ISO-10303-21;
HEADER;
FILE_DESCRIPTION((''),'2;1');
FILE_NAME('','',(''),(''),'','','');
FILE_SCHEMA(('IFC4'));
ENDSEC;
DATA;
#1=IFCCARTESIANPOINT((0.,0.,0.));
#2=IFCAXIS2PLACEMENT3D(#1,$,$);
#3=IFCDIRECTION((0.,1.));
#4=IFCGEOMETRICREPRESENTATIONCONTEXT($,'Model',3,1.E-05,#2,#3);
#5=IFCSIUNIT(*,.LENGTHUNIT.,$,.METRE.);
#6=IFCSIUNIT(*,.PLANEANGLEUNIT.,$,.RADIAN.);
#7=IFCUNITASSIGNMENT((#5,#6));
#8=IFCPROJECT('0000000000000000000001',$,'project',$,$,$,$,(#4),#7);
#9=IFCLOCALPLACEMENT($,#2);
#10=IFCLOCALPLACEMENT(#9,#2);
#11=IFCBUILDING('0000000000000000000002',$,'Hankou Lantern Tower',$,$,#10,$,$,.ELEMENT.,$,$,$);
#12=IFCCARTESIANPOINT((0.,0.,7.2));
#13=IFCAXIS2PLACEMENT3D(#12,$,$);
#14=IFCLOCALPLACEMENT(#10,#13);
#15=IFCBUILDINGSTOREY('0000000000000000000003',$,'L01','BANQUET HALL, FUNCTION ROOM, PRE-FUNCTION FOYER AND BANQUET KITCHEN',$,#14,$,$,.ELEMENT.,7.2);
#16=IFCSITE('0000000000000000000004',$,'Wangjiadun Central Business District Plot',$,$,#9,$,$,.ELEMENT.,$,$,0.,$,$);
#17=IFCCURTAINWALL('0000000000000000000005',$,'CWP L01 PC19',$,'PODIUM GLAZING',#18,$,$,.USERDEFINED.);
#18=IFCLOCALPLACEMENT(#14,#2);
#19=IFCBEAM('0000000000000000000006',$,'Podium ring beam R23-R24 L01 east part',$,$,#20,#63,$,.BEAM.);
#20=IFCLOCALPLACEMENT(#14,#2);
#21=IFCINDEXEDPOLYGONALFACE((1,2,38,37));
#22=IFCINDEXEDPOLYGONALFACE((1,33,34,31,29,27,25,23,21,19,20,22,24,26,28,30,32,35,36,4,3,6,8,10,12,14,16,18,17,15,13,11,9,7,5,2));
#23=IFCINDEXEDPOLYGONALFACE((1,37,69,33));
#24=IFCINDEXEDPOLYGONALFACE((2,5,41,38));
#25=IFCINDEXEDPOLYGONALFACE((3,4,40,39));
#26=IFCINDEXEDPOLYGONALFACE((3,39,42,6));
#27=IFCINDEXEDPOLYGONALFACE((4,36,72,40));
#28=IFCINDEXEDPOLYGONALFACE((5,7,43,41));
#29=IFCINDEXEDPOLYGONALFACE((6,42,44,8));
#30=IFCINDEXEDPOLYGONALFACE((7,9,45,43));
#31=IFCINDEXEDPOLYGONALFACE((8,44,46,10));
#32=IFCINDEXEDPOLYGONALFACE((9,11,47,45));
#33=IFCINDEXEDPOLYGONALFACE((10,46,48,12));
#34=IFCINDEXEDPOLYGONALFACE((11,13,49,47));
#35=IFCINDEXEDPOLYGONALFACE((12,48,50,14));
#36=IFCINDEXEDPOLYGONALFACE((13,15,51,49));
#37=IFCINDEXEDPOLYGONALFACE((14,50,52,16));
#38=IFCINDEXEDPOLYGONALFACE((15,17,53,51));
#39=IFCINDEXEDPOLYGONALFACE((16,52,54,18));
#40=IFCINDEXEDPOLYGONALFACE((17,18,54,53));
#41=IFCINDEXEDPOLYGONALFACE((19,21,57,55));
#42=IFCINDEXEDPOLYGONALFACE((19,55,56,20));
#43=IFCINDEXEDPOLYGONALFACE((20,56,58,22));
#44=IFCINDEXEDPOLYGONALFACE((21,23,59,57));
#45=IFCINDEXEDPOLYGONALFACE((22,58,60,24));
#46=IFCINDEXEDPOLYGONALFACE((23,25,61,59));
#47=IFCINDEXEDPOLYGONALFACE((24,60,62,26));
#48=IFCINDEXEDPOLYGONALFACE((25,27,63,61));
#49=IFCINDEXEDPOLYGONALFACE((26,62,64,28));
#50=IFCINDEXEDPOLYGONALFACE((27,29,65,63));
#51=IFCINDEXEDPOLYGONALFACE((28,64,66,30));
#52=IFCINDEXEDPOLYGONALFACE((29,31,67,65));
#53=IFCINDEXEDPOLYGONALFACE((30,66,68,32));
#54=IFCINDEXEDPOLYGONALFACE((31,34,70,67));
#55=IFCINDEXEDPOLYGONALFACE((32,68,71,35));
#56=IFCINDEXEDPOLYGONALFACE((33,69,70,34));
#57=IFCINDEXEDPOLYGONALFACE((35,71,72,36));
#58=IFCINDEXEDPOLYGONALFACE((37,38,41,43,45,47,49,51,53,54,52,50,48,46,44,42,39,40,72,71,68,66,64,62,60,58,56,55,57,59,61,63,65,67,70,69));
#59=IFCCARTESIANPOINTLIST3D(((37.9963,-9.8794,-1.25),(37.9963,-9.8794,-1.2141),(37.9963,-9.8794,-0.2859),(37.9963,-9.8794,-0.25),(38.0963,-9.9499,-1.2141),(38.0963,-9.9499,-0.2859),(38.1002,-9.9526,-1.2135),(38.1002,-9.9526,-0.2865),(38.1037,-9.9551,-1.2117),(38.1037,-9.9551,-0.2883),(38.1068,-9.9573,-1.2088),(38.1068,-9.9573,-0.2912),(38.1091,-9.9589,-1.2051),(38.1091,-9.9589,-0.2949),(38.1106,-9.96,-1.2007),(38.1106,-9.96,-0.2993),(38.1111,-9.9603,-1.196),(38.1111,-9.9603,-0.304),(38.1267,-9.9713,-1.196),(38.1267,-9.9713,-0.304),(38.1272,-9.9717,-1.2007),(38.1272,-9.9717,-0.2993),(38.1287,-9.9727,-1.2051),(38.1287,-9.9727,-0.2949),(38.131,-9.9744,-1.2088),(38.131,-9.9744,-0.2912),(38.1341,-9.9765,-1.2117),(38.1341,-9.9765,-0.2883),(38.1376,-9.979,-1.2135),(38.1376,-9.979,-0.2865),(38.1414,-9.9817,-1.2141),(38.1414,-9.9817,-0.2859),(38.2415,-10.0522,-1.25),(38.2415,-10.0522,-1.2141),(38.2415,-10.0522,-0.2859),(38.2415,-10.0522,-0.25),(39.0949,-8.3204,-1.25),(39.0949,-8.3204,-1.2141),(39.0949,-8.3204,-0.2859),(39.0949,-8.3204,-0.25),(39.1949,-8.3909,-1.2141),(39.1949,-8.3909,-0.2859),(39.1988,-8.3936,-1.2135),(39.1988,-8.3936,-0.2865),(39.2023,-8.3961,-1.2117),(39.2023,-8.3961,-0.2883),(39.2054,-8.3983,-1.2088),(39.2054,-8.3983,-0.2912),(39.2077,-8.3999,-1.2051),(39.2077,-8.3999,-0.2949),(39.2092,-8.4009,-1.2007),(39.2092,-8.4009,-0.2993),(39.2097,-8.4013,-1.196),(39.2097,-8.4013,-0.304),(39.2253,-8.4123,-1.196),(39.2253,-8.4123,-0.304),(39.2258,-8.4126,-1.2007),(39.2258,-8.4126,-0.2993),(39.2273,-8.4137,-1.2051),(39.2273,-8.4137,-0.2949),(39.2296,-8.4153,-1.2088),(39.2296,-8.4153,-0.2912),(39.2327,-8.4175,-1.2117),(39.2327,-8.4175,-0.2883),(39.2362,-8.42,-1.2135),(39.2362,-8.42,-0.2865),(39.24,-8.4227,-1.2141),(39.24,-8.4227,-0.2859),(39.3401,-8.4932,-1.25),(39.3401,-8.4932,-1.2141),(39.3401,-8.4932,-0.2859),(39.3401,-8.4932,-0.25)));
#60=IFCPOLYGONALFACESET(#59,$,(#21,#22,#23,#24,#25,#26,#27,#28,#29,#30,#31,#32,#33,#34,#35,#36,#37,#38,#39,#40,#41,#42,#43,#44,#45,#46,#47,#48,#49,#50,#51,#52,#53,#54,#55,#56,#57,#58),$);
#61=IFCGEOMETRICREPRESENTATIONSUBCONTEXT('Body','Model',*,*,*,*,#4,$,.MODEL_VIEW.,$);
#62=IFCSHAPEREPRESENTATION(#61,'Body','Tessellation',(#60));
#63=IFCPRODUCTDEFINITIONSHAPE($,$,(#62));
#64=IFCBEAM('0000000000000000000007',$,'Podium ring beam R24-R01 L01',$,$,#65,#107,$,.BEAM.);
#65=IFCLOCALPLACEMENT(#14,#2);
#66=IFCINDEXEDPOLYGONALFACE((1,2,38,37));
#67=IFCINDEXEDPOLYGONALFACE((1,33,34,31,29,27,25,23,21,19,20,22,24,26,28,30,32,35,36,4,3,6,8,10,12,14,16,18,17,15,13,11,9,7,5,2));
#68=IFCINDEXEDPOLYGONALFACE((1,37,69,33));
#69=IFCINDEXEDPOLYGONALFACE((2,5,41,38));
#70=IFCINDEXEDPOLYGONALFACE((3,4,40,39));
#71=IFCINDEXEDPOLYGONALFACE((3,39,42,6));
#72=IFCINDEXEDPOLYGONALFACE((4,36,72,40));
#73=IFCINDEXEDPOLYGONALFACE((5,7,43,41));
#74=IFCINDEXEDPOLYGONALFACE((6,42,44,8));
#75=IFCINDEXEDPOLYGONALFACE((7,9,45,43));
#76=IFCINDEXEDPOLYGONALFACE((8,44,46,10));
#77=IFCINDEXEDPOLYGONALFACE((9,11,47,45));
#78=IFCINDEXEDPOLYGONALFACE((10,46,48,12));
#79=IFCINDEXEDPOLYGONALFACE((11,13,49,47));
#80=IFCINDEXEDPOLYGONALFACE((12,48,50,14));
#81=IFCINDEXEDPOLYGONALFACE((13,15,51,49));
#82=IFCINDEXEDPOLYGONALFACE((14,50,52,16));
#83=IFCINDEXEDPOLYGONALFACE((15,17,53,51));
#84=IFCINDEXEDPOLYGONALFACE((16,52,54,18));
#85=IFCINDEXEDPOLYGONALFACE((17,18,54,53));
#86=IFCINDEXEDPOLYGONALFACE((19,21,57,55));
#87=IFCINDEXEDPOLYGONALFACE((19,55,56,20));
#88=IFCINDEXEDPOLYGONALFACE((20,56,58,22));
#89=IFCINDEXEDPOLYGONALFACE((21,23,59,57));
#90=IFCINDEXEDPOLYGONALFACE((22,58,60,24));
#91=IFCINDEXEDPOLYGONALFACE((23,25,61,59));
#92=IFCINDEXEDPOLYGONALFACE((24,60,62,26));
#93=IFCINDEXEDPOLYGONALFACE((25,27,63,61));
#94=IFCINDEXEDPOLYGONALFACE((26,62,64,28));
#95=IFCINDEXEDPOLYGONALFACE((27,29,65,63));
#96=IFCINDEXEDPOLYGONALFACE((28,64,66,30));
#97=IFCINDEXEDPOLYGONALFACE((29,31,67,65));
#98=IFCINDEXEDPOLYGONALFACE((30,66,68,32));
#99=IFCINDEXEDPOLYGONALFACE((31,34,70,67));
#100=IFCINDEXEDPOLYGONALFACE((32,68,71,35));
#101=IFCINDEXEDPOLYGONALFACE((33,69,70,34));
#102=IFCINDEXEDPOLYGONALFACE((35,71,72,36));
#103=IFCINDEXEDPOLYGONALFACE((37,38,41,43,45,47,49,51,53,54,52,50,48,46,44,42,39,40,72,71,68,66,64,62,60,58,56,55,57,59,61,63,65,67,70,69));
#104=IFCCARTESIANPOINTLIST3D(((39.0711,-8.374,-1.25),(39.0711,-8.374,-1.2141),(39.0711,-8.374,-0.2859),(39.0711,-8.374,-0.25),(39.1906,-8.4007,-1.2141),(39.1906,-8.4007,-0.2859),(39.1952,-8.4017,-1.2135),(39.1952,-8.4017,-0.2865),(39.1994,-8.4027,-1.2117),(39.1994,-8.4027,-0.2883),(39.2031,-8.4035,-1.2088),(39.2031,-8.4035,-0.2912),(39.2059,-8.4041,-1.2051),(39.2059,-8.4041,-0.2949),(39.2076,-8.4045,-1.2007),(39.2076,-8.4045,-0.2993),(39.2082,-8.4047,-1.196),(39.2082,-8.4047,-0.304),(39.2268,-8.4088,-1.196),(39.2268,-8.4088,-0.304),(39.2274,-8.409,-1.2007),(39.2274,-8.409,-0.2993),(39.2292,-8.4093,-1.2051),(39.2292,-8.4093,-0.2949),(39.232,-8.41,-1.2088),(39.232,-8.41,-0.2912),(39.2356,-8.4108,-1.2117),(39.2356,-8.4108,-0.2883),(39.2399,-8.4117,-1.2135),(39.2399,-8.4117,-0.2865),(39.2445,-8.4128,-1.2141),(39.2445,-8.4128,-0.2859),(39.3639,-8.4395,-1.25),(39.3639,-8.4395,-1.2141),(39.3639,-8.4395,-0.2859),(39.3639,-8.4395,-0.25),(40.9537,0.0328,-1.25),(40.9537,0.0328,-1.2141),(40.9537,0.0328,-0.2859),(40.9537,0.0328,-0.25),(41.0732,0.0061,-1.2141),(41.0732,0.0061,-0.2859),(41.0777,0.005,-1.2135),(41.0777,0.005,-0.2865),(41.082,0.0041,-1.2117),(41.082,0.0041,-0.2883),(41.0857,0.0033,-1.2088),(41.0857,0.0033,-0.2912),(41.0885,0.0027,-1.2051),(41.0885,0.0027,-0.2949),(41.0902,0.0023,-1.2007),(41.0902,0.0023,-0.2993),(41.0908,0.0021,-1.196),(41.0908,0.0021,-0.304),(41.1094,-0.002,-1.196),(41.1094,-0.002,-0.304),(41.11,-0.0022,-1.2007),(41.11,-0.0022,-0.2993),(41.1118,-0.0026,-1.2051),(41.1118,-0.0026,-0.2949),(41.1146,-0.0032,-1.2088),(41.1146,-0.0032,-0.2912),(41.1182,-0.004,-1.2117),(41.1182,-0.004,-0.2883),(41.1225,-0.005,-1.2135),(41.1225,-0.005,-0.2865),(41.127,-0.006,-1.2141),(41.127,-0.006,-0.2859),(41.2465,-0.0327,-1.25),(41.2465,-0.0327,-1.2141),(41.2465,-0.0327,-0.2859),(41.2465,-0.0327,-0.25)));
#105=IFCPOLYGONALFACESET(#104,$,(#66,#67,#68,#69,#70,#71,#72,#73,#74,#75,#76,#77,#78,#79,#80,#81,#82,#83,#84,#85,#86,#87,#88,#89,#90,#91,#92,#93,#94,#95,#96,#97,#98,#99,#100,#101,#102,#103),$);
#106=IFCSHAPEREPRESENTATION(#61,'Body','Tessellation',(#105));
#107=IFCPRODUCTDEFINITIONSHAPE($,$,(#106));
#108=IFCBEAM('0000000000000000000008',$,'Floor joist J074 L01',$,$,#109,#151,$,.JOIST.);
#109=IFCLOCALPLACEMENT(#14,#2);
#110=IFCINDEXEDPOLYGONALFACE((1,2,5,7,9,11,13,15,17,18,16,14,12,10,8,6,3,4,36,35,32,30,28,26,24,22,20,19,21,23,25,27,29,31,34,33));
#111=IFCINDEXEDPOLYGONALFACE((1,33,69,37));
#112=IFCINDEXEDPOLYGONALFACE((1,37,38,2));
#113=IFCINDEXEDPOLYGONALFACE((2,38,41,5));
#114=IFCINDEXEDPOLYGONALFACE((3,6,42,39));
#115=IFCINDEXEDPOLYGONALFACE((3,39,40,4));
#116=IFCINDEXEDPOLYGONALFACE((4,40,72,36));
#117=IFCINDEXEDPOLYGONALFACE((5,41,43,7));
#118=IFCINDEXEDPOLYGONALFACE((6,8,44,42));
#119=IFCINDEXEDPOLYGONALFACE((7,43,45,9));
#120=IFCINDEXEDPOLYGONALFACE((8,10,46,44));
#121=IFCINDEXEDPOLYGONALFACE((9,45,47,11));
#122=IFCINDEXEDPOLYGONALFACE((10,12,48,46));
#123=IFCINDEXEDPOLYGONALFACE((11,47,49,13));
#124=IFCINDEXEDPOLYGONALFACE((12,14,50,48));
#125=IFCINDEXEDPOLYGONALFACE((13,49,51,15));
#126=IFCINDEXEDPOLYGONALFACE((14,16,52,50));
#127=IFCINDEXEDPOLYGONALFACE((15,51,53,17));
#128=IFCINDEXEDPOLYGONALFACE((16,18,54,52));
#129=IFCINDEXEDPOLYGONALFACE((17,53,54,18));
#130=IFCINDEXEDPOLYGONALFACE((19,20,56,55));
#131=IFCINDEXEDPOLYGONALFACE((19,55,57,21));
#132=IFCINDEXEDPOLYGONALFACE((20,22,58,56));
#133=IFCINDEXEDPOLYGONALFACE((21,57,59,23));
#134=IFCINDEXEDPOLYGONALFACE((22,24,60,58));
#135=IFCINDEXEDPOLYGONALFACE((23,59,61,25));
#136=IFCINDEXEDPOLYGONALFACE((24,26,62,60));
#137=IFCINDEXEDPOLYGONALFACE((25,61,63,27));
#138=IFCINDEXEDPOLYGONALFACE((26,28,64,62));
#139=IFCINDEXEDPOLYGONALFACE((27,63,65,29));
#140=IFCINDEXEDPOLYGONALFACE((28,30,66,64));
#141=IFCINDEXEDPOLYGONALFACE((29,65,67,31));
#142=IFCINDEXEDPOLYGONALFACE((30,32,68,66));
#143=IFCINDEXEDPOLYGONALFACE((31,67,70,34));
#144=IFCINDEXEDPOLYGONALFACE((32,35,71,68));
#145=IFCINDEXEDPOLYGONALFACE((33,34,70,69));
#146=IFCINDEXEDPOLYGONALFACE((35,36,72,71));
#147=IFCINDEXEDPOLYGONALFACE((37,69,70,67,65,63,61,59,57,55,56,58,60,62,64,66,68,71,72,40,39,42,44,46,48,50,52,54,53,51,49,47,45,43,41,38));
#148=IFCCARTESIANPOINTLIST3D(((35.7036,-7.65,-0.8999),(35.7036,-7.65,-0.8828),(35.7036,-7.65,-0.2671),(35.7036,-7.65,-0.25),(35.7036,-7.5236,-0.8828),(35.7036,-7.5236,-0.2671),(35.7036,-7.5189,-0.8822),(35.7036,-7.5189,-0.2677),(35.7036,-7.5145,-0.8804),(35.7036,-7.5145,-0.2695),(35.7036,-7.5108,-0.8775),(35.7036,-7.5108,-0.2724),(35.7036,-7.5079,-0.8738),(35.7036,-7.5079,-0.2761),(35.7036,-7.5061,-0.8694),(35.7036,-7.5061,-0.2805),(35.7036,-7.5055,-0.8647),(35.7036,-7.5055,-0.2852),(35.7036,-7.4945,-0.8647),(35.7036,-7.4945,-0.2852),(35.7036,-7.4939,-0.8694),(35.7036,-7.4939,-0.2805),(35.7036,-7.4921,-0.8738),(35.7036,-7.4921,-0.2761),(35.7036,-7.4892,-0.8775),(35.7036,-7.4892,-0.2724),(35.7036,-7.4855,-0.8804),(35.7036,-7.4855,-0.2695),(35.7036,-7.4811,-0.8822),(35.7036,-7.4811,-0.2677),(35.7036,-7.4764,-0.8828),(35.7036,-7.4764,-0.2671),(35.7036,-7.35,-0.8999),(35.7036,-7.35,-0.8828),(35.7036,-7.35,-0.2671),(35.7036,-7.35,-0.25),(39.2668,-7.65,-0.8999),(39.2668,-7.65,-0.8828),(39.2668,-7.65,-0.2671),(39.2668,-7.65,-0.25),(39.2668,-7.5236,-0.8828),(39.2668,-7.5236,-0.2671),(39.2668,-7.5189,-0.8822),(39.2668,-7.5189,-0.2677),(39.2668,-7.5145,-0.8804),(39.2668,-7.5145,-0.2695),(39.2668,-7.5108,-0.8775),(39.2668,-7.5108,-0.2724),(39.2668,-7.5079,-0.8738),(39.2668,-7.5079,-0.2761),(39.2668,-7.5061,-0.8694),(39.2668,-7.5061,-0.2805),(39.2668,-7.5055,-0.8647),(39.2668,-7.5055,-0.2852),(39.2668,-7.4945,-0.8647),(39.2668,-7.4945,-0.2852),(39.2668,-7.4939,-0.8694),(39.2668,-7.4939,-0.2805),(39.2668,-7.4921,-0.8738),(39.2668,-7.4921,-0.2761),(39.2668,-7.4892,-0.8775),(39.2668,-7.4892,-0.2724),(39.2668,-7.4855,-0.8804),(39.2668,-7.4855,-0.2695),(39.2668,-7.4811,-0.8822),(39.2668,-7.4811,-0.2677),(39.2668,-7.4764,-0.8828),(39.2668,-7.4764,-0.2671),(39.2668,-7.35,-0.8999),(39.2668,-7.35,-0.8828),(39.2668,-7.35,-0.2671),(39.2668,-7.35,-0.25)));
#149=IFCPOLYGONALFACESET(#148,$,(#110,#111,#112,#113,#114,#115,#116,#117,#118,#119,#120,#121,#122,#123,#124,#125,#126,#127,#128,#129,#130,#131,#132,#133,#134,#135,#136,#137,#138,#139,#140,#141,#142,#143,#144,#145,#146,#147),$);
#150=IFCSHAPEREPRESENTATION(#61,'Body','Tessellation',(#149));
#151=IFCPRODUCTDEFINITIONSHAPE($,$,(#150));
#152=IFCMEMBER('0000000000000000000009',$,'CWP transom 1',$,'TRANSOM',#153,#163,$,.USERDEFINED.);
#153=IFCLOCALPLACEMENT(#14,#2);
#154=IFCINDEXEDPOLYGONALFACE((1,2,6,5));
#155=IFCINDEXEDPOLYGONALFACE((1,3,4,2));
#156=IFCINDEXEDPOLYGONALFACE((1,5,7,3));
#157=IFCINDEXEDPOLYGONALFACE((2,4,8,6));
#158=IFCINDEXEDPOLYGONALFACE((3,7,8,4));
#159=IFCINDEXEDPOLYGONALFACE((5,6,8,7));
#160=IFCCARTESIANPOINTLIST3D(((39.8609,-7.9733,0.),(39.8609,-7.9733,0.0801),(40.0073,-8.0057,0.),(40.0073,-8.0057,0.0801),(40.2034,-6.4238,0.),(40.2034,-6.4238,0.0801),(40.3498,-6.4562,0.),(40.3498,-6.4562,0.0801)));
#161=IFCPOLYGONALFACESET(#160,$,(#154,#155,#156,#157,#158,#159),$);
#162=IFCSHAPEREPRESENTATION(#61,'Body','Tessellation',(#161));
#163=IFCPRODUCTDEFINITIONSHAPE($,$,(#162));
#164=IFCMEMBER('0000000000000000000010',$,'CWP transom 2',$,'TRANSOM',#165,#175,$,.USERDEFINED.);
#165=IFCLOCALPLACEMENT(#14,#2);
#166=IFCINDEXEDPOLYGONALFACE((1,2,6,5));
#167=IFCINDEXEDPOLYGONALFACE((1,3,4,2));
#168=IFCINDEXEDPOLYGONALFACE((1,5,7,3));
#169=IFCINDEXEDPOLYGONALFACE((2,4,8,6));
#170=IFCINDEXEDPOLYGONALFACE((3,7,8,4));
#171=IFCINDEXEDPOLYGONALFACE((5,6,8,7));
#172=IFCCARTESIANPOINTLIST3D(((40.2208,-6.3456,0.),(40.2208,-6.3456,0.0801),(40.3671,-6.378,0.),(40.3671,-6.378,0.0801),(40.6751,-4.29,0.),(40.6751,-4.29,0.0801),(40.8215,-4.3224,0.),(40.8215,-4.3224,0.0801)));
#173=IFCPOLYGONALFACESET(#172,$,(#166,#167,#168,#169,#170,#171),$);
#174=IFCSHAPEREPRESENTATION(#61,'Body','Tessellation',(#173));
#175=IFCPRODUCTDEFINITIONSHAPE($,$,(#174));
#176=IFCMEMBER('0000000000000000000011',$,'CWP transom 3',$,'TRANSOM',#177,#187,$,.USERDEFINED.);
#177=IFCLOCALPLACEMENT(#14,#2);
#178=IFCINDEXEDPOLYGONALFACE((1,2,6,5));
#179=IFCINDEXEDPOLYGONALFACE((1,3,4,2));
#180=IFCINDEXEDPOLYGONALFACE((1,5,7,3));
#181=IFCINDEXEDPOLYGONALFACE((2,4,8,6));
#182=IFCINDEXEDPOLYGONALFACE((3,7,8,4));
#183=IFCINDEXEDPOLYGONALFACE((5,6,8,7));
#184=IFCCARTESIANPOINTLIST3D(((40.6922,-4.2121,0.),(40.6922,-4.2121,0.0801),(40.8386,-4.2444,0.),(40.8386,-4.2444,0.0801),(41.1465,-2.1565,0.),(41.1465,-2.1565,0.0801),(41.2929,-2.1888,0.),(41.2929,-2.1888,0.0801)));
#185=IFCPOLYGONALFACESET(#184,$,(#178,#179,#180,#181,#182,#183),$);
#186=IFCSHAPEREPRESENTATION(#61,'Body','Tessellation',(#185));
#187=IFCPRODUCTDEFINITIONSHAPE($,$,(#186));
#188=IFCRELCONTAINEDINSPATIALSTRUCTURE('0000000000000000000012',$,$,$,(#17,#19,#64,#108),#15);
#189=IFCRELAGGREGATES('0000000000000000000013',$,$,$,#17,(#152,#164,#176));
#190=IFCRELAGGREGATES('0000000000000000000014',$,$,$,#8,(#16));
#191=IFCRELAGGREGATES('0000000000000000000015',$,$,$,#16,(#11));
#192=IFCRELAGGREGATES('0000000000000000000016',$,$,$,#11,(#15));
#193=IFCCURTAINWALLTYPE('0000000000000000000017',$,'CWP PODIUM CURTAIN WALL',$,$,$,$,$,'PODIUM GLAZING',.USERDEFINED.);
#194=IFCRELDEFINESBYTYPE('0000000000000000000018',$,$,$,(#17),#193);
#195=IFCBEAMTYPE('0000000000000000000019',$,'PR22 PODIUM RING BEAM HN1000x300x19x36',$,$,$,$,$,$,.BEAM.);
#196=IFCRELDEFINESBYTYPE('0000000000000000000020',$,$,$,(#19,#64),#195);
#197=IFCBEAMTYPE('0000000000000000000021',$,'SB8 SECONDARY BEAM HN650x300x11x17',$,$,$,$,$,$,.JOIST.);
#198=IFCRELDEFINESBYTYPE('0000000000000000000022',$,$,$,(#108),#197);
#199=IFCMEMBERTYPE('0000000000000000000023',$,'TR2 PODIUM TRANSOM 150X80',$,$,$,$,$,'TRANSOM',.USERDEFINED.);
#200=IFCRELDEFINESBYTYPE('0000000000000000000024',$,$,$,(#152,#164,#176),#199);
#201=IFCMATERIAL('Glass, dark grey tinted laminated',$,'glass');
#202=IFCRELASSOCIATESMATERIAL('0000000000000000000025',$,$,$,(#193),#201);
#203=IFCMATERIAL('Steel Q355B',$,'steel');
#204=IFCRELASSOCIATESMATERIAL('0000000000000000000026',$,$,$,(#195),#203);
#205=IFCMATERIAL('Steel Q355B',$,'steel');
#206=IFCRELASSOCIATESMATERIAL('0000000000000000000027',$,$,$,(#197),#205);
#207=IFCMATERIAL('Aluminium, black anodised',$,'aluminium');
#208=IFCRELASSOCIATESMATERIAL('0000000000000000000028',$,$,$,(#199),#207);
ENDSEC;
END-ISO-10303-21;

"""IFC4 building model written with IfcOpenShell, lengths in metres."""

from ifc_helpers import new_model, si_unit, direction, frame, origin, origin_2d, place, context, subcontext, project, spatial, rectangle, i_section, extrude, material, material_profile, profile_set, type_object, element, aggregate, save


model = new_model("IFC4")

# Units and contexts
model_context = context("Model", 3, precision=1e-05, world=origin(), true_north=direction((0.0, 1.0)))
body_context = subcontext(model_context, "Body", "Model", "MODEL_VIEW")
ifc_project = project(units=[si_unit("LENGTHUNIT", "METRE"), si_unit("PLANEANGLEUNIT", "RADIAN")], contexts=[model_context])

# Site, building, storey
site_placement = place(None, origin())
site = spatial("IfcSite", under=ifc_project, at=site_placement, Name="Wangjiadun Central Business District Plot", CompositionType="ELEMENT", RefElevation=0.0)
building_placement = place(site_placement, origin())
building = spatial("IfcBuilding", under=site, at=building_placement, Name="Hankou Lantern Tower", CompositionType="ELEMENT")
storey_placement = place(building_placement, frame((0.0, 0.0, 7.2)))
storey = spatial("IfcBuildingStorey", under=building, at=storey_placement, Name="L01", Description="BANQUET HALL, FUNCTION ROOM, PRE-FUNCTION FOYER AND BANQUET KITCHEN", CompositionType="ELEMENT", Elevation=7.2)

# Curtain wall
ifc_material_1 = material(Name="Glass, dark grey tinted laminated", Category="glass")
curtain_wall_type = type_object("IfcCurtainWallType", Name="CWP PODIUM CURTAIN WALL", ElementType="PODIUM GLAZING", PredefinedType="USERDEFINED", material=ifc_material_1)
curtain_wall_placement = place(storey_placement, origin())
curtain_wall = element("IfcCurtainWall", 1, at=curtain_wall_placement, inside=storey, type_object=curtain_wall_type, Name="CWP L01 PC19", ObjectType="PODIUM GLAZING", PredefinedType="USERDEFINED")

# Beams
ifc_material_2 = material(Name="Steel Q355B", Category="steel")
ifc_material_profile_1 = material_profile(ifc_material_2, i_section(OverallWidth=0.3, OverallDepth=1.0, WebThickness=0.019, FlangeThickness=0.0359, FilletRadius=0.0181, at=origin_2d()), Name="HN1000x300x19x36")
ifc_profile_set_1 = profile_set([ifc_material_profile_1], Name="Steel Q355B")
beam_type_1 = type_object("IfcBeamType", Name="PR22 PODIUM RING BEAM HN1000x300x19x36", PredefinedType="BEAM", material=ifc_profile_set_1)
beam_1_placement = place(storey_placement, frame((38.1189, -9.9658, -0.75), z_axis=(0.57602, 0.817436, 0.0), x_axis=(-0.817436, 0.57602, 0.0)))
element("IfcBeam", 2, at=beam_1_placement, inside=storey, type_object=beam_type_1, Name="Podium ring beam R23-R24 L01 east part", PredefinedType="BEAM", context=body_context, shape_type="SweptSolid", body=[
    extrude(i_section(OverallWidth=0.3, OverallDepth=1.0, WebThickness=0.019, FlangeThickness=0.0359, FilletRadius=0.0181, at=origin_2d()), origin(), (0.0, 0.0, 1.0), 1.9072),
])
beam_2_placement = place(storey_placement, frame((39.2175, -8.4067, -0.75), z_axis=(0.218523, 0.975832, 0.0), x_axis=(-0.975832, 0.218523, 0.0)))
element("IfcBeam", 3, at=beam_2_placement, inside=storey, type_object=beam_type_1, Name="Podium ring beam R24-R01 L01", PredefinedType="BEAM", context=body_context, shape_type="SweptSolid", body=[
    extrude(i_section(OverallWidth=0.3, OverallDepth=1.0, WebThickness=0.019, FlangeThickness=0.0359, FilletRadius=0.0181, at=origin_2d()), origin(), (0.0, 0.0, 1.0), 8.615),
])
ifc_material_3 = material(Name="Steel Q355B", Category="steel")
ifc_material_profile_2 = material_profile(ifc_material_3, i_section(OverallWidth=0.3, OverallDepth=0.6499, WebThickness=0.011, FlangeThickness=0.0171, FilletRadius=0.0181, at=origin_2d()), Name="HN650x300x11x17")
ifc_profile_set_2 = profile_set([ifc_material_profile_2], Name="Steel Q355B")
beam_type_2 = type_object("IfcBeamType", Name="SB8 SECONDARY BEAM HN650x300x11x17", PredefinedType="JOIST", material=ifc_profile_set_2)
beam_3_placement = place(storey_placement, frame((35.7036, -7.5, -0.575), z_axis=(1.0, 0.0, 0.0), x_axis=(0.0, 1.0, 0.0)))
element("IfcBeam", 4, at=beam_3_placement, inside=storey, type_object=beam_type_2, Name="Floor joist J074 L01", PredefinedType="JOIST", context=body_context, shape_type="SweptSolid", body=[
    extrude(i_section(OverallWidth=0.3, OverallDepth=0.6499, WebThickness=0.011, FlangeThickness=0.0171, FilletRadius=0.0181, at=origin_2d()), origin(), (0.0, 0.0, 1.0), 3.5632),
])

# Members
ifc_material_4 = material(Name="Aluminium, black anodised", Category="aluminium")
ifc_material_profile_3 = material_profile(ifc_material_4, rectangle(XDim=0.1499, YDim=0.0801, at=origin_2d()), Name="TR2 150X80")
ifc_profile_set_3 = profile_set([ifc_material_profile_3], Name="Aluminium, black anodised")
member_type_1 = type_object("IfcMemberType", Name="TR2 PODIUM TRANSOM 150X80", ElementType="TRANSOM", PredefinedType="USERDEFINED", material=ifc_profile_set_3)
member_1_placement = place(storey_placement, frame((39.9341, -7.9895, 0.04), z_axis=(0.215839, 0.976429, 0.0), x_axis=(-0.976429, 0.215839, 0.0)))
member_1 = element("IfcMember", 5, at=member_1_placement, type_object=member_type_1, Name="CWP transom 1", ObjectType="TRANSOM", PredefinedType="USERDEFINED", context=body_context, shape_type="SweptSolid", body=[
    extrude(rectangle(XDim=0.1499, YDim=0.0801, at=origin_2d()), origin(), (0.0, 0.0, 1.0), 1.5869),
])
member_2_placement = place(storey_placement, frame((40.2939, -6.3618, 0.04), z_axis=(0.215813, 0.976435, 0.0), x_axis=(-0.976435, 0.215813, 0.0)))
member_2 = element("IfcMember", 6, at=member_2_placement, type_object=member_type_1, Name="CWP transom 2", ObjectType="TRANSOM", PredefinedType="USERDEFINED", context=body_context, shape_type="SweptSolid", body=[
    extrude(rectangle(XDim=0.1499, YDim=0.0801, at=origin_2d()), origin(), (0.0, 0.0, 1.0), 2.1052),
])
member_3_placement = place(storey_placement, frame((40.7654, -4.2283, 0.04), z_axis=(0.215813, 0.976435, 0.0), x_axis=(-0.976435, 0.215813, 0.0)))
member_3 = element("IfcMember", 7, at=member_3_placement, type_object=member_type_1, Name="CWP transom 3", ObjectType="TRANSOM", PredefinedType="USERDEFINED", context=body_context, shape_type="SweptSolid", body=[
    extrude(rectangle(XDim=0.1499, YDim=0.0801, at=origin_2d()), origin(), (0.0, 0.0, 1.0), 2.1052),
])

aggregate(curtain_wall, [member_1, member_2, member_3])

save(model, "model.ifc")
